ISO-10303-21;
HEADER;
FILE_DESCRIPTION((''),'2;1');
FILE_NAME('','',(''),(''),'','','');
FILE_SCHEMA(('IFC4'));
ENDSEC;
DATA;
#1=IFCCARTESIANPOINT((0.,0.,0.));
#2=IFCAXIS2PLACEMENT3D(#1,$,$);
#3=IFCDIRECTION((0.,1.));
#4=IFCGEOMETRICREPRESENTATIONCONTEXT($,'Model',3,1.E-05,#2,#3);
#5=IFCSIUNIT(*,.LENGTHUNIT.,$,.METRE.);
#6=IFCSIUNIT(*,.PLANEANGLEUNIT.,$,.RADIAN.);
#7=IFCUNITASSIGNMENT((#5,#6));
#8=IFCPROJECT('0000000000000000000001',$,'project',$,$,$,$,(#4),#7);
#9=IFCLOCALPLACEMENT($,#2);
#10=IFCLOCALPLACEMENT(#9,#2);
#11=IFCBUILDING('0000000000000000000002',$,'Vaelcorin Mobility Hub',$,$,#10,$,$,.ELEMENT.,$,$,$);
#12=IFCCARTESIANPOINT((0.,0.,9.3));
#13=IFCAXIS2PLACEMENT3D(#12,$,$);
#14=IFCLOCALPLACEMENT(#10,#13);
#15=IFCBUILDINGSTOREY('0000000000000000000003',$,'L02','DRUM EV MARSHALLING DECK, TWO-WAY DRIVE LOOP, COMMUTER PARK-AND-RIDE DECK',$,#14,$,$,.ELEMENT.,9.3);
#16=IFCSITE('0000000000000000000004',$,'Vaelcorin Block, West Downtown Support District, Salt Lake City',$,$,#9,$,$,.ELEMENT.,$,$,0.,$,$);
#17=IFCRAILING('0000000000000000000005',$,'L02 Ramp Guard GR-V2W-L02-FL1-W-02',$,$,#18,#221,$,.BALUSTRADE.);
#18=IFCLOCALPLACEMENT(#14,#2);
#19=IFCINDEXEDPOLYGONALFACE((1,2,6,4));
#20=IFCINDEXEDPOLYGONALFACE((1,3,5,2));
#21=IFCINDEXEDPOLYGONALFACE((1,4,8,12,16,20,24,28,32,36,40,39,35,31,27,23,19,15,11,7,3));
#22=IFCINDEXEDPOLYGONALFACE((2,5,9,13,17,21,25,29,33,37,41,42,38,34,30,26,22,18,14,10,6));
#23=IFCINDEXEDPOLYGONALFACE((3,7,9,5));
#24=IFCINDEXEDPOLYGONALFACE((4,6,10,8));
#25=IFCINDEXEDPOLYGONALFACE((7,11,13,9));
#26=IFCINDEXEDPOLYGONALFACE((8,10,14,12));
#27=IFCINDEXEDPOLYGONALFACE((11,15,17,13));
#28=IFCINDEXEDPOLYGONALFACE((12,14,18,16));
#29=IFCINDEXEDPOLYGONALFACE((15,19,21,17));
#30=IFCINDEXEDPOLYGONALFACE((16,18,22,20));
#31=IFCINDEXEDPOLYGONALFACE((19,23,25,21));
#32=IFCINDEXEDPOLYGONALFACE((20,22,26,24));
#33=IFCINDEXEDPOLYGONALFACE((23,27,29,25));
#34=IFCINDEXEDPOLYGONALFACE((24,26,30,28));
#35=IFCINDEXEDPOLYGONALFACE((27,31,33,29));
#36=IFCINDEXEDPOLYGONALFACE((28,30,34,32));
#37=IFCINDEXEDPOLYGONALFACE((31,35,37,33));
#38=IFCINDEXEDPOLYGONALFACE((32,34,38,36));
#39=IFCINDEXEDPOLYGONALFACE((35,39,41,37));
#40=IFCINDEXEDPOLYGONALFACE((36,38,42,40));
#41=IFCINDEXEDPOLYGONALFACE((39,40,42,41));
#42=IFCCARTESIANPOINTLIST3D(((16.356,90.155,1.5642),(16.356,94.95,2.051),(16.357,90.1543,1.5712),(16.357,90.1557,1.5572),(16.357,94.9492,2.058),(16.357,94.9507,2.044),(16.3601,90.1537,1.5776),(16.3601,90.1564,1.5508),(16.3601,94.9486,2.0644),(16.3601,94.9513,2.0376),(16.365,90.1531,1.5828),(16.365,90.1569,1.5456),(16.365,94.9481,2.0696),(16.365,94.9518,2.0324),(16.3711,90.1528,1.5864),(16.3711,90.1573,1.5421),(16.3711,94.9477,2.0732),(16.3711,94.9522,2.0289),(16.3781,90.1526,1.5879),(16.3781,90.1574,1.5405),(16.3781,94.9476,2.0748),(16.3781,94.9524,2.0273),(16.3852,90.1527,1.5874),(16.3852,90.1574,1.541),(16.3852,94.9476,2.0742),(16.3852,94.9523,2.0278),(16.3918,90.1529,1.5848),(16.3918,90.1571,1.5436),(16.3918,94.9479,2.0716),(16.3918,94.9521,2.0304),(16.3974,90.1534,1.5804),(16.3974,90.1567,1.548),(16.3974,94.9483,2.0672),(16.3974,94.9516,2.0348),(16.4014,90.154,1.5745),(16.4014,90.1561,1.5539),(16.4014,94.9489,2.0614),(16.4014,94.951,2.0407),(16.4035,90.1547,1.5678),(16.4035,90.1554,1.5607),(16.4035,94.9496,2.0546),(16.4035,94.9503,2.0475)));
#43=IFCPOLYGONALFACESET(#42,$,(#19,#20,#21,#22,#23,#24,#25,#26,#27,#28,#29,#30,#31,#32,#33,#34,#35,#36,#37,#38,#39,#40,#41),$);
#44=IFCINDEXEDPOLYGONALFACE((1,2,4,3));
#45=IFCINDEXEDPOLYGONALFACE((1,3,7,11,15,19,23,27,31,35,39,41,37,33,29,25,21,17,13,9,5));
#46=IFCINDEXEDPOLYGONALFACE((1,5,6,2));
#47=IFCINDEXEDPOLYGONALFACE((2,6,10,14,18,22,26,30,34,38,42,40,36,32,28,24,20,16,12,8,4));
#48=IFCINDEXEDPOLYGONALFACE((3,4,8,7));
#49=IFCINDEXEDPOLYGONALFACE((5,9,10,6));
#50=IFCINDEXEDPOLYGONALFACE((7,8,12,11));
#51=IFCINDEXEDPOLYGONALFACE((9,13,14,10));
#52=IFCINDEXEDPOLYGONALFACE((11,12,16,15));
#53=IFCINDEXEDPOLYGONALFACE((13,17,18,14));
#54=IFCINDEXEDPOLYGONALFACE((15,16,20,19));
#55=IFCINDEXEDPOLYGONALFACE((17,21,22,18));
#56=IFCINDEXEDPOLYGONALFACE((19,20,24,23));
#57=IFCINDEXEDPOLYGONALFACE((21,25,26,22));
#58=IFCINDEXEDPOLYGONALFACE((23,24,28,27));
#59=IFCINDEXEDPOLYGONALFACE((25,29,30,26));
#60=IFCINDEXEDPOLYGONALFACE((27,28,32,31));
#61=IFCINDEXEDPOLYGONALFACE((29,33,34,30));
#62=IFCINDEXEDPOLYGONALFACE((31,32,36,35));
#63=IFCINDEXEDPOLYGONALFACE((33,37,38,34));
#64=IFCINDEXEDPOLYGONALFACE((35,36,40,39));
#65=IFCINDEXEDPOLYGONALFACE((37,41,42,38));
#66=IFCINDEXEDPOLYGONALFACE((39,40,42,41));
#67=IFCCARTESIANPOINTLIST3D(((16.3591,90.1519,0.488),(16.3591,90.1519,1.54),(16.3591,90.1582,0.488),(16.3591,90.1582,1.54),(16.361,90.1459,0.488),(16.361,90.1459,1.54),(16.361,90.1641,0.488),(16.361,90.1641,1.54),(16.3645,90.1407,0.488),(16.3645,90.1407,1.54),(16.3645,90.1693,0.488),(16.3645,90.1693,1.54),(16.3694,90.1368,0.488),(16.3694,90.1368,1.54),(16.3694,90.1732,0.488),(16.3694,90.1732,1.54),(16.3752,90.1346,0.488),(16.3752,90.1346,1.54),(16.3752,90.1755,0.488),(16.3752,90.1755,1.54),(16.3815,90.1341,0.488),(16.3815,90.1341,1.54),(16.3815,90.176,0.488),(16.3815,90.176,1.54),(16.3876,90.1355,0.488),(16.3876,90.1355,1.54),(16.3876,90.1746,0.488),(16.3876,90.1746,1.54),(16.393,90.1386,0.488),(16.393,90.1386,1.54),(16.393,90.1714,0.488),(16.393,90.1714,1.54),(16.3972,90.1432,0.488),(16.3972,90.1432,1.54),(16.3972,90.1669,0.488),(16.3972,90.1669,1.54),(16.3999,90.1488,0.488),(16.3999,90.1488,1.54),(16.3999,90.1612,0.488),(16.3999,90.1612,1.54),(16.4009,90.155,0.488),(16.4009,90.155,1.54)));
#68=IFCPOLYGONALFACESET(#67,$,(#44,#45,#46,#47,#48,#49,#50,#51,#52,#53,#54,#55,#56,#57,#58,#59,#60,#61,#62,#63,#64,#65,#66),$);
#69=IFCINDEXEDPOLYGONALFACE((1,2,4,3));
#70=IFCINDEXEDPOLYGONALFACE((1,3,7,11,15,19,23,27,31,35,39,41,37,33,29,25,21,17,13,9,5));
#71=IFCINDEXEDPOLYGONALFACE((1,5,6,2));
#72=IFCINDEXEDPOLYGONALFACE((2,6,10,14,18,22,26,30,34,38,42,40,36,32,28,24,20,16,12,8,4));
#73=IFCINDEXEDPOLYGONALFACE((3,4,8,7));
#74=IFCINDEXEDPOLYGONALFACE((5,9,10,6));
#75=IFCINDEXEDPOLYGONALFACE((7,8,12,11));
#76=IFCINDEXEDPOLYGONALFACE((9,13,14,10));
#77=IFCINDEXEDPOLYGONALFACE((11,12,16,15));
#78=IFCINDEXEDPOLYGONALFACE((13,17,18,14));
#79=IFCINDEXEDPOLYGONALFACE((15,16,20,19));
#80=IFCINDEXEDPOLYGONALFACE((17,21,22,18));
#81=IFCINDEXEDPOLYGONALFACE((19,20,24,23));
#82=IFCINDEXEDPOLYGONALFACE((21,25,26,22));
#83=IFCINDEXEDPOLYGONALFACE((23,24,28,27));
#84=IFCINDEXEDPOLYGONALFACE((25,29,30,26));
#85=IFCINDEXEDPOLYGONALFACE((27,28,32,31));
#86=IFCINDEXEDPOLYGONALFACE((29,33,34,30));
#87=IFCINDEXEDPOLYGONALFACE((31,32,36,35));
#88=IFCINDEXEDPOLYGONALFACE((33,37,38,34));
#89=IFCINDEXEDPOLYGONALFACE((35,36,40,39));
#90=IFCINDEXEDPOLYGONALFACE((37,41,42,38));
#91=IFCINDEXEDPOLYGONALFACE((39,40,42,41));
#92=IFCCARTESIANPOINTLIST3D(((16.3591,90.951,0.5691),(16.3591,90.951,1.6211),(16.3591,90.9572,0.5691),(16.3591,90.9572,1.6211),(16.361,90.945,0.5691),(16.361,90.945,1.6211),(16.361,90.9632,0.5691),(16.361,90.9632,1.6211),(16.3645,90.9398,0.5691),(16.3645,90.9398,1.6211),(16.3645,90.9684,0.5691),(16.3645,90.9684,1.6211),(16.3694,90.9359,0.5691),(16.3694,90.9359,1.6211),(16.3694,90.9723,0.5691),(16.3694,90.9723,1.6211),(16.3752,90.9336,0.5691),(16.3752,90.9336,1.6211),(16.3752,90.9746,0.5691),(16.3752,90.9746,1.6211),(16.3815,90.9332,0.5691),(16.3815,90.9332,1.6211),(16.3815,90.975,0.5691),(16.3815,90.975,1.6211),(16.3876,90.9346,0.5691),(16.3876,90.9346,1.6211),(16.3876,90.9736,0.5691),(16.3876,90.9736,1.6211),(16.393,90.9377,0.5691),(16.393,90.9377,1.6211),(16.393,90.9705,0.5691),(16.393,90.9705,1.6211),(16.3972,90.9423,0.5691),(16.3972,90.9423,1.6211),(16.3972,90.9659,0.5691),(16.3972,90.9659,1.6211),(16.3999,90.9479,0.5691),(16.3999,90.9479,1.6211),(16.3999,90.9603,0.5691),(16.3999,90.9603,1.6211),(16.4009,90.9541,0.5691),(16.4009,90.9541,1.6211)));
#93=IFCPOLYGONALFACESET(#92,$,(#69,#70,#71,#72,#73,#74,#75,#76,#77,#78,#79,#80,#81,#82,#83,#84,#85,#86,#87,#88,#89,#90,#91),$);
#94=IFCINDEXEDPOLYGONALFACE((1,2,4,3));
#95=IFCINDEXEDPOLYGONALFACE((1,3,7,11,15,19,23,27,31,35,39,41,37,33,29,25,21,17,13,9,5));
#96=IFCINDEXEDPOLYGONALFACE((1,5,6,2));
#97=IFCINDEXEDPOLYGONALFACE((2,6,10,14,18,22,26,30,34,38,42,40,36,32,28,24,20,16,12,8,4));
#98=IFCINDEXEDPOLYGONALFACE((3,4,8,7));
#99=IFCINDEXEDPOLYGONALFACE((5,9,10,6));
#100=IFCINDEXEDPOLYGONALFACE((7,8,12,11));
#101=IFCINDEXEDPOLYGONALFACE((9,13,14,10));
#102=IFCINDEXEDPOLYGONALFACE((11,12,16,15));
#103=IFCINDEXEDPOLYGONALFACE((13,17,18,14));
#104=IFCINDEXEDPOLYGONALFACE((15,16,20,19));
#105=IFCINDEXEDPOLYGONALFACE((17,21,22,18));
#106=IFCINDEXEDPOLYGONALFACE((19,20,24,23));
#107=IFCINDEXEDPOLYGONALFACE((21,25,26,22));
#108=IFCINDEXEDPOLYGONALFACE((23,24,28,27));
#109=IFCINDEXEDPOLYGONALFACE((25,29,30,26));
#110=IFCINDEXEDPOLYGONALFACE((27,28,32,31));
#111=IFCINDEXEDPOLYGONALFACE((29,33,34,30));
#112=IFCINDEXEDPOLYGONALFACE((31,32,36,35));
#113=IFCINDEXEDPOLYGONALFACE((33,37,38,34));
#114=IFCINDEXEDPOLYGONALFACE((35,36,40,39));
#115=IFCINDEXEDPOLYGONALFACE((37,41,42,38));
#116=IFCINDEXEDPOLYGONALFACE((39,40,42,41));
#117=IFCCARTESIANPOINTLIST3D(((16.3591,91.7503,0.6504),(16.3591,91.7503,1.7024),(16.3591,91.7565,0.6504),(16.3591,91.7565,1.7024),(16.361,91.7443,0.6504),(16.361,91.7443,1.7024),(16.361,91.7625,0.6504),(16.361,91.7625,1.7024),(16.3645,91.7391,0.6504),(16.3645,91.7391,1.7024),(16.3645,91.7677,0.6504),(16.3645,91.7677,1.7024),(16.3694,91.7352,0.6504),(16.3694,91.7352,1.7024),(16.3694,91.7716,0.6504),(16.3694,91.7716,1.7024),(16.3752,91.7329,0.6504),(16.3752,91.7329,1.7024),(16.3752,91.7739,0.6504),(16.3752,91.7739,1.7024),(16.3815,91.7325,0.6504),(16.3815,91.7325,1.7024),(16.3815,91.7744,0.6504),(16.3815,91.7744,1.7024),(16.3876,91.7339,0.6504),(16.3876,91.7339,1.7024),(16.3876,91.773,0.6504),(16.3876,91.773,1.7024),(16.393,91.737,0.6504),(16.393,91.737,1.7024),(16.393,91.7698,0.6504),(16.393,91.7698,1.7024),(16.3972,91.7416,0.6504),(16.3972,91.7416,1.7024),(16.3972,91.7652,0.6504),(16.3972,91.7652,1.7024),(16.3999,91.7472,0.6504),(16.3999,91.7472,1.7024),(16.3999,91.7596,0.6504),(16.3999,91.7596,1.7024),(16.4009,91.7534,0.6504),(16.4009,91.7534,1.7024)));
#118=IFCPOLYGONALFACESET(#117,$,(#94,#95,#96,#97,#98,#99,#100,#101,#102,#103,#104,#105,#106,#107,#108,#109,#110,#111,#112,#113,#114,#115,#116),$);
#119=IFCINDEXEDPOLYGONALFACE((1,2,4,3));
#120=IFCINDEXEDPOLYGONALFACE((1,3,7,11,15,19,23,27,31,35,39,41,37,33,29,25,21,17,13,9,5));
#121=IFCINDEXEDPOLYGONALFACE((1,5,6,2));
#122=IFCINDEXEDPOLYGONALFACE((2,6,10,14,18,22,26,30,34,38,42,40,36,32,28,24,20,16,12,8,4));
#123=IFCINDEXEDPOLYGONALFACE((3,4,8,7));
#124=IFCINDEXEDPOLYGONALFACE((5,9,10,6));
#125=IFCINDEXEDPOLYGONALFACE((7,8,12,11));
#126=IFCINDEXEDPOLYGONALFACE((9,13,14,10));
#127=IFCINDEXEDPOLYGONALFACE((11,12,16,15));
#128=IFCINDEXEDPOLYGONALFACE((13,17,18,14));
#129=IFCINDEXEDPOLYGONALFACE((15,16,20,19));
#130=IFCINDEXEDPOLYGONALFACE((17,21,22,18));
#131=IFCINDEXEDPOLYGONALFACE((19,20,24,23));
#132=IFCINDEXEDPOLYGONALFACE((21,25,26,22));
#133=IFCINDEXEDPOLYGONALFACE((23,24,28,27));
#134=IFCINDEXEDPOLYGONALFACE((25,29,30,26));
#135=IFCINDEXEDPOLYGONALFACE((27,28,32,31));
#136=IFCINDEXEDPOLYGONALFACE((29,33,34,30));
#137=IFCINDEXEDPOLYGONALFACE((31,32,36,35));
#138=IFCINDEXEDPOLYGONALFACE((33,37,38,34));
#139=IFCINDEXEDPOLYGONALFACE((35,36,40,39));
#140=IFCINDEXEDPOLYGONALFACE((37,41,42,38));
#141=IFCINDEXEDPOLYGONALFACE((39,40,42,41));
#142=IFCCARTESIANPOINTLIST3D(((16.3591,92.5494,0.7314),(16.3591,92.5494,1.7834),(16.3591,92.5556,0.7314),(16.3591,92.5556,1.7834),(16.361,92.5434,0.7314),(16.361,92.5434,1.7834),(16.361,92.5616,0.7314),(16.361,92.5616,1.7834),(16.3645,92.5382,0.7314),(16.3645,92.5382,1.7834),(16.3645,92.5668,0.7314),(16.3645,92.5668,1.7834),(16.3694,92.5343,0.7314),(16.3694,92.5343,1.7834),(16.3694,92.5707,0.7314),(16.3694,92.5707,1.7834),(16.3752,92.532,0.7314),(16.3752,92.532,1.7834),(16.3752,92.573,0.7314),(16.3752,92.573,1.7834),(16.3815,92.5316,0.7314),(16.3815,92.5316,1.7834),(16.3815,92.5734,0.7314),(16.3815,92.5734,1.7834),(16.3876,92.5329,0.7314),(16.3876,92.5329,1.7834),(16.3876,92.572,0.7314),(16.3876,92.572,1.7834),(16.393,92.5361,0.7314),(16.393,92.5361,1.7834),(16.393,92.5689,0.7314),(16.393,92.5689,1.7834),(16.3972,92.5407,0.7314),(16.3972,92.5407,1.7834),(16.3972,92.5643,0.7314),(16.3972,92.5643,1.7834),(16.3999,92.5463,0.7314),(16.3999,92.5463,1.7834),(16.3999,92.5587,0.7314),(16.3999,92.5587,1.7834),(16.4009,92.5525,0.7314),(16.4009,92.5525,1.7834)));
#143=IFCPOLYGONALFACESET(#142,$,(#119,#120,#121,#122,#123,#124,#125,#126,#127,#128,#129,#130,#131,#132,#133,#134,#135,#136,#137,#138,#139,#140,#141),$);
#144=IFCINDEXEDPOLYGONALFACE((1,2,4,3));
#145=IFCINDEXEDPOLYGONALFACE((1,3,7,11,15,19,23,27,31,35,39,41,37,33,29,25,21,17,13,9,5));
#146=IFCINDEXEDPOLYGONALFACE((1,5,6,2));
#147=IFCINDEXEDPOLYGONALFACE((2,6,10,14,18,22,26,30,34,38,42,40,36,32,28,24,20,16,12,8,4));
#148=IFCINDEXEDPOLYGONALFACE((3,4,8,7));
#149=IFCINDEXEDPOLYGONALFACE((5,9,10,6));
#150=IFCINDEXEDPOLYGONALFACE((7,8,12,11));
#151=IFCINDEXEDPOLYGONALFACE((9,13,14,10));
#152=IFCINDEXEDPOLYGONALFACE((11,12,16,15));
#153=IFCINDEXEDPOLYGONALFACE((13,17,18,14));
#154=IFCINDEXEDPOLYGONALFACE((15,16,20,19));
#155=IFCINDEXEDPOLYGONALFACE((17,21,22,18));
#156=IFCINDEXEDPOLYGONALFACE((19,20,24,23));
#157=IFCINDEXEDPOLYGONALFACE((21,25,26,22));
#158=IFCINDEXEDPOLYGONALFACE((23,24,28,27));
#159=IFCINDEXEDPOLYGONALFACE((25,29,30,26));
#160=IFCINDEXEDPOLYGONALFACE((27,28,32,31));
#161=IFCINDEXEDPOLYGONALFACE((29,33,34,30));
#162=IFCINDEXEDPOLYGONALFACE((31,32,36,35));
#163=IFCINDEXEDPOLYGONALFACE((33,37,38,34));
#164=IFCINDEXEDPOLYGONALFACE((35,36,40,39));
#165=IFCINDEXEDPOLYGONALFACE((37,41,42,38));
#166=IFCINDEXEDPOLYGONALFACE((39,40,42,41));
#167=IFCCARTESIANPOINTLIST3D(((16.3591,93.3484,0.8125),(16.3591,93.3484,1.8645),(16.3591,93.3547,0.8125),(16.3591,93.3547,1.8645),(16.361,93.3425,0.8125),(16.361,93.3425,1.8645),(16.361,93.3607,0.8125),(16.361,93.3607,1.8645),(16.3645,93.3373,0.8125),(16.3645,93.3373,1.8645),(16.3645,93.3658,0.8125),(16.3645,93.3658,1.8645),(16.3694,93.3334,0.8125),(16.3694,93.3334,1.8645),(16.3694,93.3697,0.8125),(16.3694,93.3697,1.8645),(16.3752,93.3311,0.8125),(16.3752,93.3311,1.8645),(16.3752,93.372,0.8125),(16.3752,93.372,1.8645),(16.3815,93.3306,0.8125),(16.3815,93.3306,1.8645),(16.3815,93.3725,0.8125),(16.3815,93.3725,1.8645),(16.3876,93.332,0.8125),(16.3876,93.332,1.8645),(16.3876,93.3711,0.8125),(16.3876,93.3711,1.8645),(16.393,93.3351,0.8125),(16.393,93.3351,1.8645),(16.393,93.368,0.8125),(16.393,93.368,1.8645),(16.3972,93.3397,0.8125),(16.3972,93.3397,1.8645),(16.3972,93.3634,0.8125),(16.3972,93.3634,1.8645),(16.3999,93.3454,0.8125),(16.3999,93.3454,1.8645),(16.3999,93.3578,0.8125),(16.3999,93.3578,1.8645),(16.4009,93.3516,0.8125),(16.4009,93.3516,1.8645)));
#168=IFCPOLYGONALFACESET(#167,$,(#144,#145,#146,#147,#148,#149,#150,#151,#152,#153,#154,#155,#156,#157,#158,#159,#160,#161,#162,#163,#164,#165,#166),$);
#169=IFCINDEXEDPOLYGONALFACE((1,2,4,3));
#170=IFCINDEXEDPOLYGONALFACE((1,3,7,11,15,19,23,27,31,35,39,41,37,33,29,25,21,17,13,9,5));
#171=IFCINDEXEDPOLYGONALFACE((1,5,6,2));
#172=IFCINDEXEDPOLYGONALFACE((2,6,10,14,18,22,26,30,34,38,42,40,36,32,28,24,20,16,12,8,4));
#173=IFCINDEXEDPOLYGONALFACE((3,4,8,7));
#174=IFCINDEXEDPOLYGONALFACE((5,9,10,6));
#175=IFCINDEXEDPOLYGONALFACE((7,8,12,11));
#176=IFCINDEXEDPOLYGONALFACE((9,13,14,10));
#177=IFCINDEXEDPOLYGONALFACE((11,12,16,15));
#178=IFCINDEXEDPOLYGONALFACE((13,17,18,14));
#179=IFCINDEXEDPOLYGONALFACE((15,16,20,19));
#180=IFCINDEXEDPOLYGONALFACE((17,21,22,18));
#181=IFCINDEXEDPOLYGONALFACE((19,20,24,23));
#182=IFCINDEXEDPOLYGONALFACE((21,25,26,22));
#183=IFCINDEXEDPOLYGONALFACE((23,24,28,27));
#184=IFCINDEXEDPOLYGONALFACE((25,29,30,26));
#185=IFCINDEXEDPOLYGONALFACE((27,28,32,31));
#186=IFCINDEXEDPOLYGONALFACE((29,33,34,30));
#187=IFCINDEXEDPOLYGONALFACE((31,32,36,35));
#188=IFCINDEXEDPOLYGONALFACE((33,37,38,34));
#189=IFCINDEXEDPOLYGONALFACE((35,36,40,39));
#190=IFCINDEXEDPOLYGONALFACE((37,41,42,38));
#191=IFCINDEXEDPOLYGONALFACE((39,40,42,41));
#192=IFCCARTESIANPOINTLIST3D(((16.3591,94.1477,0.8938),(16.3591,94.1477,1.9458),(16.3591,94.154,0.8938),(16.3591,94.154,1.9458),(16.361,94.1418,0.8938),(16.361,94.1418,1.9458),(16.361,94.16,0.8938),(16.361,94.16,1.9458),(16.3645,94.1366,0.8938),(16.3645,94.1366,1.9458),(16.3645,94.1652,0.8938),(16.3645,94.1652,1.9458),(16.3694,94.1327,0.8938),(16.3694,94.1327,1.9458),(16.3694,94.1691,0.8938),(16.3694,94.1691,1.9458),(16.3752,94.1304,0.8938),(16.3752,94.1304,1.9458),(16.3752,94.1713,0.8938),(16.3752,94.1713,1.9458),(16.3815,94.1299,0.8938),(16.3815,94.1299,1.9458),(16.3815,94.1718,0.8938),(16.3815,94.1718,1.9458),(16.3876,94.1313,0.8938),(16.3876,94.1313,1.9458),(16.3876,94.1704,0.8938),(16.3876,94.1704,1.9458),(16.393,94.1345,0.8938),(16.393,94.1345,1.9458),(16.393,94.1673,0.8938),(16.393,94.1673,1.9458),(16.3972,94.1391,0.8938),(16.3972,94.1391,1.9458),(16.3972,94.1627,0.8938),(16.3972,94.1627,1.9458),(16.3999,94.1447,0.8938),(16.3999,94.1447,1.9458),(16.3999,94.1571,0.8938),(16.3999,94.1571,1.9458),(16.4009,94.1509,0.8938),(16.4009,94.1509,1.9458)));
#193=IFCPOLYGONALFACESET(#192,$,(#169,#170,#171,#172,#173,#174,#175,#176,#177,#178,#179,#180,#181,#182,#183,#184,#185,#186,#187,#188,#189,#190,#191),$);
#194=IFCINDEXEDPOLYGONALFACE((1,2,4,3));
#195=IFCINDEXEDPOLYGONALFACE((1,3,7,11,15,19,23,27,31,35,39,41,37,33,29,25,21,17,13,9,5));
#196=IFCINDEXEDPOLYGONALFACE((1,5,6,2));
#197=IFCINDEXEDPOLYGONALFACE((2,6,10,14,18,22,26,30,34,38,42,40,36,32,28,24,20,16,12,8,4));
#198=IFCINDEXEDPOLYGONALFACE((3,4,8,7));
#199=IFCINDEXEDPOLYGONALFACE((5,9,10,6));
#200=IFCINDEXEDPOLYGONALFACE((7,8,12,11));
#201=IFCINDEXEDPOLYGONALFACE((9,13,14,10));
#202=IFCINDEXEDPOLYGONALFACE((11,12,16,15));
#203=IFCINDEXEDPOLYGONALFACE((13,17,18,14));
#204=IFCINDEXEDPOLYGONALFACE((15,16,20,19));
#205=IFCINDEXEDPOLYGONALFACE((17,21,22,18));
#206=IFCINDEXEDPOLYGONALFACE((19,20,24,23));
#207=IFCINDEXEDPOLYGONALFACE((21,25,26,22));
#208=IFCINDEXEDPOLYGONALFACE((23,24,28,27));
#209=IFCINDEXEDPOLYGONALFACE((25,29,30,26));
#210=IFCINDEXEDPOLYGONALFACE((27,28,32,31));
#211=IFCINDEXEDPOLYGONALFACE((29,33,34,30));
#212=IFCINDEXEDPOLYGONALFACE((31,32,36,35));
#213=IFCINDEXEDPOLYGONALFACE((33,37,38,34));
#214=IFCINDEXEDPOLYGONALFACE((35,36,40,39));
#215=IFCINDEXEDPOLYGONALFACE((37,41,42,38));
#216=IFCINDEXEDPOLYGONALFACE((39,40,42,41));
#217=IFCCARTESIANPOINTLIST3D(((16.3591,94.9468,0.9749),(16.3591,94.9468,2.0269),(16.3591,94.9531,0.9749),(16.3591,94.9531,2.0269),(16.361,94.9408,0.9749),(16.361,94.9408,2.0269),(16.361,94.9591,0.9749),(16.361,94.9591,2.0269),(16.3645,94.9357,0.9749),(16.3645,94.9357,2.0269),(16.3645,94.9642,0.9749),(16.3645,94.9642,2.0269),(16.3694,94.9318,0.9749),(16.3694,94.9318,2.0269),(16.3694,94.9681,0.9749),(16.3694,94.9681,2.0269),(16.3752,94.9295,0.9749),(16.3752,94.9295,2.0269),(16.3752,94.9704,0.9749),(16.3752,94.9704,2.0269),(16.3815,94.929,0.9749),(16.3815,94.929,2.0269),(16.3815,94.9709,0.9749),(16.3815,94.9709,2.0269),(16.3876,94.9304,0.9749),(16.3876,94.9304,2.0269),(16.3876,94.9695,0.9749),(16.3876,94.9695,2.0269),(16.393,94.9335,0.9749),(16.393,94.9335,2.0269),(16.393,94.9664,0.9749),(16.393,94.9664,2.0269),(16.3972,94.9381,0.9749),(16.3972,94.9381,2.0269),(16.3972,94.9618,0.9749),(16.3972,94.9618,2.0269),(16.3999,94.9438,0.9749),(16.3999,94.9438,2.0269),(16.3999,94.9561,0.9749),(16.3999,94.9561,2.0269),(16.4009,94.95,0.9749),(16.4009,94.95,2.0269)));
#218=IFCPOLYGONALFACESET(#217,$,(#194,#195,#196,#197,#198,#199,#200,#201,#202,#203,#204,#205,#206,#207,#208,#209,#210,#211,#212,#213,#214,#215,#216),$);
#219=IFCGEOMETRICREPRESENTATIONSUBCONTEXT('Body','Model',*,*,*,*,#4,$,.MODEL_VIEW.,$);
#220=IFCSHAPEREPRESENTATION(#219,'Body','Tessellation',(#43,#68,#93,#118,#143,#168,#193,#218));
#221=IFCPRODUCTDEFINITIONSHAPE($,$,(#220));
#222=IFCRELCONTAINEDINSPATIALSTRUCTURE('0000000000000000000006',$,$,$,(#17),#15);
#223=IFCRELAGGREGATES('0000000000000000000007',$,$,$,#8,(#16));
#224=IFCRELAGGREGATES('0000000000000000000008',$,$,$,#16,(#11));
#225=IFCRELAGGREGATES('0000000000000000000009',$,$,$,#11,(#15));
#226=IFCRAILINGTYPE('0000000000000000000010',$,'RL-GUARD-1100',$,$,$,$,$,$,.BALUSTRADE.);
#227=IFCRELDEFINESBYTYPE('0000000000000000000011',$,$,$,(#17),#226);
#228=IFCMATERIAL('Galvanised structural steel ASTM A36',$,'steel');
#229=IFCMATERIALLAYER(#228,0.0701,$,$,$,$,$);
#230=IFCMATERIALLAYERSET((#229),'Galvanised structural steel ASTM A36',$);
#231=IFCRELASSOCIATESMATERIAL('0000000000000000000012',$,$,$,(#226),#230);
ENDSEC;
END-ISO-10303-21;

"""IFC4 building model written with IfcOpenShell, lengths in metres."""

from ifc_helpers import new_model, si_unit, direction, frame, origin, origin_2d, place, context, subcontext, project, spatial, circle, extrude, material, layer, layer_set, type_object, element, save


model = new_model("IFC4")

# Units and contexts
model_context = context("Model", 3, precision=1e-05, world=origin(), true_north=direction((0.0, 1.0)))
body_context = subcontext(model_context, "Body", "Model", "MODEL_VIEW")
ifc_project = project(units=[si_unit("LENGTHUNIT", "METRE"), si_unit("PLANEANGLEUNIT", "RADIAN")], contexts=[model_context])

# Site, building, storey
site_placement = place(None, origin())
site = spatial("IfcSite", under=ifc_project, at=site_placement, Name="Vaelcorin Block, West Downtown Support District, Salt Lake City", CompositionType="ELEMENT", RefElevation=0.0)
building_placement = place(site_placement, origin())
building = spatial("IfcBuilding", under=site, at=building_placement, Name="Vaelcorin Mobility Hub", CompositionType="ELEMENT")
storey_placement = place(building_placement, frame((0.0, 0.0, 9.3)))
storey = spatial("IfcBuildingStorey", under=building, at=storey_placement, Name="L02", Description="DRUM EV MARSHALLING DECK, TWO-WAY DRIVE LOOP, COMMUTER PARK-AND-RIDE DECK", CompositionType="ELEMENT", Elevation=9.3)

# Railing
ifc_material_1 = material(Name="Galvanised structural steel ASTM A36", Category="steel")
ifc_layer_1 = layer(ifc_material_1, 0.0701)
ifc_layer_set_1 = layer_set([ifc_layer_1], Name="Galvanised structural steel ASTM A36")
railing_type = type_object("IfcRailingType", Name="RL-GUARD-1100", PredefinedType="BALUSTRADE", material=ifc_layer_set_1)
railing_1_placement = place(storey_placement, frame((16.3799, 90.155, 0.488)))
element("IfcRailing", 1, at=railing_1_placement, inside=storey, type_object=railing_type, Name="L02 Ramp Guard GR-V2W-L02-FL1-W-02", PredefinedType="BALUSTRADE", context=body_context, shape_type="SweptSolid", body=[
    extrude(circle(Radius=0.0239, at=origin_2d()), frame((0.0, 0.0, 1.0762), z_axis=(0.0, 0.994886, 0.101008), x_axis=(-1.0, 0.0, 0.0)), (0.0, 0.0, 1.0), 4.8196),
    extrude(circle(Radius=0.021, at=origin_2d()), origin(), (0.0, 0.0, 1.0), 1.052),
    extrude(circle(Radius=0.021, at=origin_2d()), frame((0.0, 0.7991, 0.0811)), (0.0, 0.0, 1.0), 1.052),
    extrude(circle(Radius=0.021, at=origin_2d()), frame((0.0, 1.5984, 0.1624)), (0.0, 0.0, 1.0), 1.052),
    extrude(circle(Radius=0.021, at=origin_2d()), frame((0.0, 2.3975, 0.2434)), (0.0, 0.0, 1.0), 1.052),
    extrude(circle(Radius=0.021, at=origin_2d()), frame((0.0, 3.1965, 0.3245)), (0.0, 0.0, 1.0), 1.052),
    extrude(circle(Radius=0.021, at=origin_2d()), frame((0.0, 3.9958, 0.4058)), (0.0, 0.0, 1.0), 1.052),
    extrude(circle(Radius=0.021, at=origin_2d()), frame((0.0, 4.7949, 0.4868)), (0.0, 0.0, 1.0), 1.052),
])

save(model, "model.ifc")
